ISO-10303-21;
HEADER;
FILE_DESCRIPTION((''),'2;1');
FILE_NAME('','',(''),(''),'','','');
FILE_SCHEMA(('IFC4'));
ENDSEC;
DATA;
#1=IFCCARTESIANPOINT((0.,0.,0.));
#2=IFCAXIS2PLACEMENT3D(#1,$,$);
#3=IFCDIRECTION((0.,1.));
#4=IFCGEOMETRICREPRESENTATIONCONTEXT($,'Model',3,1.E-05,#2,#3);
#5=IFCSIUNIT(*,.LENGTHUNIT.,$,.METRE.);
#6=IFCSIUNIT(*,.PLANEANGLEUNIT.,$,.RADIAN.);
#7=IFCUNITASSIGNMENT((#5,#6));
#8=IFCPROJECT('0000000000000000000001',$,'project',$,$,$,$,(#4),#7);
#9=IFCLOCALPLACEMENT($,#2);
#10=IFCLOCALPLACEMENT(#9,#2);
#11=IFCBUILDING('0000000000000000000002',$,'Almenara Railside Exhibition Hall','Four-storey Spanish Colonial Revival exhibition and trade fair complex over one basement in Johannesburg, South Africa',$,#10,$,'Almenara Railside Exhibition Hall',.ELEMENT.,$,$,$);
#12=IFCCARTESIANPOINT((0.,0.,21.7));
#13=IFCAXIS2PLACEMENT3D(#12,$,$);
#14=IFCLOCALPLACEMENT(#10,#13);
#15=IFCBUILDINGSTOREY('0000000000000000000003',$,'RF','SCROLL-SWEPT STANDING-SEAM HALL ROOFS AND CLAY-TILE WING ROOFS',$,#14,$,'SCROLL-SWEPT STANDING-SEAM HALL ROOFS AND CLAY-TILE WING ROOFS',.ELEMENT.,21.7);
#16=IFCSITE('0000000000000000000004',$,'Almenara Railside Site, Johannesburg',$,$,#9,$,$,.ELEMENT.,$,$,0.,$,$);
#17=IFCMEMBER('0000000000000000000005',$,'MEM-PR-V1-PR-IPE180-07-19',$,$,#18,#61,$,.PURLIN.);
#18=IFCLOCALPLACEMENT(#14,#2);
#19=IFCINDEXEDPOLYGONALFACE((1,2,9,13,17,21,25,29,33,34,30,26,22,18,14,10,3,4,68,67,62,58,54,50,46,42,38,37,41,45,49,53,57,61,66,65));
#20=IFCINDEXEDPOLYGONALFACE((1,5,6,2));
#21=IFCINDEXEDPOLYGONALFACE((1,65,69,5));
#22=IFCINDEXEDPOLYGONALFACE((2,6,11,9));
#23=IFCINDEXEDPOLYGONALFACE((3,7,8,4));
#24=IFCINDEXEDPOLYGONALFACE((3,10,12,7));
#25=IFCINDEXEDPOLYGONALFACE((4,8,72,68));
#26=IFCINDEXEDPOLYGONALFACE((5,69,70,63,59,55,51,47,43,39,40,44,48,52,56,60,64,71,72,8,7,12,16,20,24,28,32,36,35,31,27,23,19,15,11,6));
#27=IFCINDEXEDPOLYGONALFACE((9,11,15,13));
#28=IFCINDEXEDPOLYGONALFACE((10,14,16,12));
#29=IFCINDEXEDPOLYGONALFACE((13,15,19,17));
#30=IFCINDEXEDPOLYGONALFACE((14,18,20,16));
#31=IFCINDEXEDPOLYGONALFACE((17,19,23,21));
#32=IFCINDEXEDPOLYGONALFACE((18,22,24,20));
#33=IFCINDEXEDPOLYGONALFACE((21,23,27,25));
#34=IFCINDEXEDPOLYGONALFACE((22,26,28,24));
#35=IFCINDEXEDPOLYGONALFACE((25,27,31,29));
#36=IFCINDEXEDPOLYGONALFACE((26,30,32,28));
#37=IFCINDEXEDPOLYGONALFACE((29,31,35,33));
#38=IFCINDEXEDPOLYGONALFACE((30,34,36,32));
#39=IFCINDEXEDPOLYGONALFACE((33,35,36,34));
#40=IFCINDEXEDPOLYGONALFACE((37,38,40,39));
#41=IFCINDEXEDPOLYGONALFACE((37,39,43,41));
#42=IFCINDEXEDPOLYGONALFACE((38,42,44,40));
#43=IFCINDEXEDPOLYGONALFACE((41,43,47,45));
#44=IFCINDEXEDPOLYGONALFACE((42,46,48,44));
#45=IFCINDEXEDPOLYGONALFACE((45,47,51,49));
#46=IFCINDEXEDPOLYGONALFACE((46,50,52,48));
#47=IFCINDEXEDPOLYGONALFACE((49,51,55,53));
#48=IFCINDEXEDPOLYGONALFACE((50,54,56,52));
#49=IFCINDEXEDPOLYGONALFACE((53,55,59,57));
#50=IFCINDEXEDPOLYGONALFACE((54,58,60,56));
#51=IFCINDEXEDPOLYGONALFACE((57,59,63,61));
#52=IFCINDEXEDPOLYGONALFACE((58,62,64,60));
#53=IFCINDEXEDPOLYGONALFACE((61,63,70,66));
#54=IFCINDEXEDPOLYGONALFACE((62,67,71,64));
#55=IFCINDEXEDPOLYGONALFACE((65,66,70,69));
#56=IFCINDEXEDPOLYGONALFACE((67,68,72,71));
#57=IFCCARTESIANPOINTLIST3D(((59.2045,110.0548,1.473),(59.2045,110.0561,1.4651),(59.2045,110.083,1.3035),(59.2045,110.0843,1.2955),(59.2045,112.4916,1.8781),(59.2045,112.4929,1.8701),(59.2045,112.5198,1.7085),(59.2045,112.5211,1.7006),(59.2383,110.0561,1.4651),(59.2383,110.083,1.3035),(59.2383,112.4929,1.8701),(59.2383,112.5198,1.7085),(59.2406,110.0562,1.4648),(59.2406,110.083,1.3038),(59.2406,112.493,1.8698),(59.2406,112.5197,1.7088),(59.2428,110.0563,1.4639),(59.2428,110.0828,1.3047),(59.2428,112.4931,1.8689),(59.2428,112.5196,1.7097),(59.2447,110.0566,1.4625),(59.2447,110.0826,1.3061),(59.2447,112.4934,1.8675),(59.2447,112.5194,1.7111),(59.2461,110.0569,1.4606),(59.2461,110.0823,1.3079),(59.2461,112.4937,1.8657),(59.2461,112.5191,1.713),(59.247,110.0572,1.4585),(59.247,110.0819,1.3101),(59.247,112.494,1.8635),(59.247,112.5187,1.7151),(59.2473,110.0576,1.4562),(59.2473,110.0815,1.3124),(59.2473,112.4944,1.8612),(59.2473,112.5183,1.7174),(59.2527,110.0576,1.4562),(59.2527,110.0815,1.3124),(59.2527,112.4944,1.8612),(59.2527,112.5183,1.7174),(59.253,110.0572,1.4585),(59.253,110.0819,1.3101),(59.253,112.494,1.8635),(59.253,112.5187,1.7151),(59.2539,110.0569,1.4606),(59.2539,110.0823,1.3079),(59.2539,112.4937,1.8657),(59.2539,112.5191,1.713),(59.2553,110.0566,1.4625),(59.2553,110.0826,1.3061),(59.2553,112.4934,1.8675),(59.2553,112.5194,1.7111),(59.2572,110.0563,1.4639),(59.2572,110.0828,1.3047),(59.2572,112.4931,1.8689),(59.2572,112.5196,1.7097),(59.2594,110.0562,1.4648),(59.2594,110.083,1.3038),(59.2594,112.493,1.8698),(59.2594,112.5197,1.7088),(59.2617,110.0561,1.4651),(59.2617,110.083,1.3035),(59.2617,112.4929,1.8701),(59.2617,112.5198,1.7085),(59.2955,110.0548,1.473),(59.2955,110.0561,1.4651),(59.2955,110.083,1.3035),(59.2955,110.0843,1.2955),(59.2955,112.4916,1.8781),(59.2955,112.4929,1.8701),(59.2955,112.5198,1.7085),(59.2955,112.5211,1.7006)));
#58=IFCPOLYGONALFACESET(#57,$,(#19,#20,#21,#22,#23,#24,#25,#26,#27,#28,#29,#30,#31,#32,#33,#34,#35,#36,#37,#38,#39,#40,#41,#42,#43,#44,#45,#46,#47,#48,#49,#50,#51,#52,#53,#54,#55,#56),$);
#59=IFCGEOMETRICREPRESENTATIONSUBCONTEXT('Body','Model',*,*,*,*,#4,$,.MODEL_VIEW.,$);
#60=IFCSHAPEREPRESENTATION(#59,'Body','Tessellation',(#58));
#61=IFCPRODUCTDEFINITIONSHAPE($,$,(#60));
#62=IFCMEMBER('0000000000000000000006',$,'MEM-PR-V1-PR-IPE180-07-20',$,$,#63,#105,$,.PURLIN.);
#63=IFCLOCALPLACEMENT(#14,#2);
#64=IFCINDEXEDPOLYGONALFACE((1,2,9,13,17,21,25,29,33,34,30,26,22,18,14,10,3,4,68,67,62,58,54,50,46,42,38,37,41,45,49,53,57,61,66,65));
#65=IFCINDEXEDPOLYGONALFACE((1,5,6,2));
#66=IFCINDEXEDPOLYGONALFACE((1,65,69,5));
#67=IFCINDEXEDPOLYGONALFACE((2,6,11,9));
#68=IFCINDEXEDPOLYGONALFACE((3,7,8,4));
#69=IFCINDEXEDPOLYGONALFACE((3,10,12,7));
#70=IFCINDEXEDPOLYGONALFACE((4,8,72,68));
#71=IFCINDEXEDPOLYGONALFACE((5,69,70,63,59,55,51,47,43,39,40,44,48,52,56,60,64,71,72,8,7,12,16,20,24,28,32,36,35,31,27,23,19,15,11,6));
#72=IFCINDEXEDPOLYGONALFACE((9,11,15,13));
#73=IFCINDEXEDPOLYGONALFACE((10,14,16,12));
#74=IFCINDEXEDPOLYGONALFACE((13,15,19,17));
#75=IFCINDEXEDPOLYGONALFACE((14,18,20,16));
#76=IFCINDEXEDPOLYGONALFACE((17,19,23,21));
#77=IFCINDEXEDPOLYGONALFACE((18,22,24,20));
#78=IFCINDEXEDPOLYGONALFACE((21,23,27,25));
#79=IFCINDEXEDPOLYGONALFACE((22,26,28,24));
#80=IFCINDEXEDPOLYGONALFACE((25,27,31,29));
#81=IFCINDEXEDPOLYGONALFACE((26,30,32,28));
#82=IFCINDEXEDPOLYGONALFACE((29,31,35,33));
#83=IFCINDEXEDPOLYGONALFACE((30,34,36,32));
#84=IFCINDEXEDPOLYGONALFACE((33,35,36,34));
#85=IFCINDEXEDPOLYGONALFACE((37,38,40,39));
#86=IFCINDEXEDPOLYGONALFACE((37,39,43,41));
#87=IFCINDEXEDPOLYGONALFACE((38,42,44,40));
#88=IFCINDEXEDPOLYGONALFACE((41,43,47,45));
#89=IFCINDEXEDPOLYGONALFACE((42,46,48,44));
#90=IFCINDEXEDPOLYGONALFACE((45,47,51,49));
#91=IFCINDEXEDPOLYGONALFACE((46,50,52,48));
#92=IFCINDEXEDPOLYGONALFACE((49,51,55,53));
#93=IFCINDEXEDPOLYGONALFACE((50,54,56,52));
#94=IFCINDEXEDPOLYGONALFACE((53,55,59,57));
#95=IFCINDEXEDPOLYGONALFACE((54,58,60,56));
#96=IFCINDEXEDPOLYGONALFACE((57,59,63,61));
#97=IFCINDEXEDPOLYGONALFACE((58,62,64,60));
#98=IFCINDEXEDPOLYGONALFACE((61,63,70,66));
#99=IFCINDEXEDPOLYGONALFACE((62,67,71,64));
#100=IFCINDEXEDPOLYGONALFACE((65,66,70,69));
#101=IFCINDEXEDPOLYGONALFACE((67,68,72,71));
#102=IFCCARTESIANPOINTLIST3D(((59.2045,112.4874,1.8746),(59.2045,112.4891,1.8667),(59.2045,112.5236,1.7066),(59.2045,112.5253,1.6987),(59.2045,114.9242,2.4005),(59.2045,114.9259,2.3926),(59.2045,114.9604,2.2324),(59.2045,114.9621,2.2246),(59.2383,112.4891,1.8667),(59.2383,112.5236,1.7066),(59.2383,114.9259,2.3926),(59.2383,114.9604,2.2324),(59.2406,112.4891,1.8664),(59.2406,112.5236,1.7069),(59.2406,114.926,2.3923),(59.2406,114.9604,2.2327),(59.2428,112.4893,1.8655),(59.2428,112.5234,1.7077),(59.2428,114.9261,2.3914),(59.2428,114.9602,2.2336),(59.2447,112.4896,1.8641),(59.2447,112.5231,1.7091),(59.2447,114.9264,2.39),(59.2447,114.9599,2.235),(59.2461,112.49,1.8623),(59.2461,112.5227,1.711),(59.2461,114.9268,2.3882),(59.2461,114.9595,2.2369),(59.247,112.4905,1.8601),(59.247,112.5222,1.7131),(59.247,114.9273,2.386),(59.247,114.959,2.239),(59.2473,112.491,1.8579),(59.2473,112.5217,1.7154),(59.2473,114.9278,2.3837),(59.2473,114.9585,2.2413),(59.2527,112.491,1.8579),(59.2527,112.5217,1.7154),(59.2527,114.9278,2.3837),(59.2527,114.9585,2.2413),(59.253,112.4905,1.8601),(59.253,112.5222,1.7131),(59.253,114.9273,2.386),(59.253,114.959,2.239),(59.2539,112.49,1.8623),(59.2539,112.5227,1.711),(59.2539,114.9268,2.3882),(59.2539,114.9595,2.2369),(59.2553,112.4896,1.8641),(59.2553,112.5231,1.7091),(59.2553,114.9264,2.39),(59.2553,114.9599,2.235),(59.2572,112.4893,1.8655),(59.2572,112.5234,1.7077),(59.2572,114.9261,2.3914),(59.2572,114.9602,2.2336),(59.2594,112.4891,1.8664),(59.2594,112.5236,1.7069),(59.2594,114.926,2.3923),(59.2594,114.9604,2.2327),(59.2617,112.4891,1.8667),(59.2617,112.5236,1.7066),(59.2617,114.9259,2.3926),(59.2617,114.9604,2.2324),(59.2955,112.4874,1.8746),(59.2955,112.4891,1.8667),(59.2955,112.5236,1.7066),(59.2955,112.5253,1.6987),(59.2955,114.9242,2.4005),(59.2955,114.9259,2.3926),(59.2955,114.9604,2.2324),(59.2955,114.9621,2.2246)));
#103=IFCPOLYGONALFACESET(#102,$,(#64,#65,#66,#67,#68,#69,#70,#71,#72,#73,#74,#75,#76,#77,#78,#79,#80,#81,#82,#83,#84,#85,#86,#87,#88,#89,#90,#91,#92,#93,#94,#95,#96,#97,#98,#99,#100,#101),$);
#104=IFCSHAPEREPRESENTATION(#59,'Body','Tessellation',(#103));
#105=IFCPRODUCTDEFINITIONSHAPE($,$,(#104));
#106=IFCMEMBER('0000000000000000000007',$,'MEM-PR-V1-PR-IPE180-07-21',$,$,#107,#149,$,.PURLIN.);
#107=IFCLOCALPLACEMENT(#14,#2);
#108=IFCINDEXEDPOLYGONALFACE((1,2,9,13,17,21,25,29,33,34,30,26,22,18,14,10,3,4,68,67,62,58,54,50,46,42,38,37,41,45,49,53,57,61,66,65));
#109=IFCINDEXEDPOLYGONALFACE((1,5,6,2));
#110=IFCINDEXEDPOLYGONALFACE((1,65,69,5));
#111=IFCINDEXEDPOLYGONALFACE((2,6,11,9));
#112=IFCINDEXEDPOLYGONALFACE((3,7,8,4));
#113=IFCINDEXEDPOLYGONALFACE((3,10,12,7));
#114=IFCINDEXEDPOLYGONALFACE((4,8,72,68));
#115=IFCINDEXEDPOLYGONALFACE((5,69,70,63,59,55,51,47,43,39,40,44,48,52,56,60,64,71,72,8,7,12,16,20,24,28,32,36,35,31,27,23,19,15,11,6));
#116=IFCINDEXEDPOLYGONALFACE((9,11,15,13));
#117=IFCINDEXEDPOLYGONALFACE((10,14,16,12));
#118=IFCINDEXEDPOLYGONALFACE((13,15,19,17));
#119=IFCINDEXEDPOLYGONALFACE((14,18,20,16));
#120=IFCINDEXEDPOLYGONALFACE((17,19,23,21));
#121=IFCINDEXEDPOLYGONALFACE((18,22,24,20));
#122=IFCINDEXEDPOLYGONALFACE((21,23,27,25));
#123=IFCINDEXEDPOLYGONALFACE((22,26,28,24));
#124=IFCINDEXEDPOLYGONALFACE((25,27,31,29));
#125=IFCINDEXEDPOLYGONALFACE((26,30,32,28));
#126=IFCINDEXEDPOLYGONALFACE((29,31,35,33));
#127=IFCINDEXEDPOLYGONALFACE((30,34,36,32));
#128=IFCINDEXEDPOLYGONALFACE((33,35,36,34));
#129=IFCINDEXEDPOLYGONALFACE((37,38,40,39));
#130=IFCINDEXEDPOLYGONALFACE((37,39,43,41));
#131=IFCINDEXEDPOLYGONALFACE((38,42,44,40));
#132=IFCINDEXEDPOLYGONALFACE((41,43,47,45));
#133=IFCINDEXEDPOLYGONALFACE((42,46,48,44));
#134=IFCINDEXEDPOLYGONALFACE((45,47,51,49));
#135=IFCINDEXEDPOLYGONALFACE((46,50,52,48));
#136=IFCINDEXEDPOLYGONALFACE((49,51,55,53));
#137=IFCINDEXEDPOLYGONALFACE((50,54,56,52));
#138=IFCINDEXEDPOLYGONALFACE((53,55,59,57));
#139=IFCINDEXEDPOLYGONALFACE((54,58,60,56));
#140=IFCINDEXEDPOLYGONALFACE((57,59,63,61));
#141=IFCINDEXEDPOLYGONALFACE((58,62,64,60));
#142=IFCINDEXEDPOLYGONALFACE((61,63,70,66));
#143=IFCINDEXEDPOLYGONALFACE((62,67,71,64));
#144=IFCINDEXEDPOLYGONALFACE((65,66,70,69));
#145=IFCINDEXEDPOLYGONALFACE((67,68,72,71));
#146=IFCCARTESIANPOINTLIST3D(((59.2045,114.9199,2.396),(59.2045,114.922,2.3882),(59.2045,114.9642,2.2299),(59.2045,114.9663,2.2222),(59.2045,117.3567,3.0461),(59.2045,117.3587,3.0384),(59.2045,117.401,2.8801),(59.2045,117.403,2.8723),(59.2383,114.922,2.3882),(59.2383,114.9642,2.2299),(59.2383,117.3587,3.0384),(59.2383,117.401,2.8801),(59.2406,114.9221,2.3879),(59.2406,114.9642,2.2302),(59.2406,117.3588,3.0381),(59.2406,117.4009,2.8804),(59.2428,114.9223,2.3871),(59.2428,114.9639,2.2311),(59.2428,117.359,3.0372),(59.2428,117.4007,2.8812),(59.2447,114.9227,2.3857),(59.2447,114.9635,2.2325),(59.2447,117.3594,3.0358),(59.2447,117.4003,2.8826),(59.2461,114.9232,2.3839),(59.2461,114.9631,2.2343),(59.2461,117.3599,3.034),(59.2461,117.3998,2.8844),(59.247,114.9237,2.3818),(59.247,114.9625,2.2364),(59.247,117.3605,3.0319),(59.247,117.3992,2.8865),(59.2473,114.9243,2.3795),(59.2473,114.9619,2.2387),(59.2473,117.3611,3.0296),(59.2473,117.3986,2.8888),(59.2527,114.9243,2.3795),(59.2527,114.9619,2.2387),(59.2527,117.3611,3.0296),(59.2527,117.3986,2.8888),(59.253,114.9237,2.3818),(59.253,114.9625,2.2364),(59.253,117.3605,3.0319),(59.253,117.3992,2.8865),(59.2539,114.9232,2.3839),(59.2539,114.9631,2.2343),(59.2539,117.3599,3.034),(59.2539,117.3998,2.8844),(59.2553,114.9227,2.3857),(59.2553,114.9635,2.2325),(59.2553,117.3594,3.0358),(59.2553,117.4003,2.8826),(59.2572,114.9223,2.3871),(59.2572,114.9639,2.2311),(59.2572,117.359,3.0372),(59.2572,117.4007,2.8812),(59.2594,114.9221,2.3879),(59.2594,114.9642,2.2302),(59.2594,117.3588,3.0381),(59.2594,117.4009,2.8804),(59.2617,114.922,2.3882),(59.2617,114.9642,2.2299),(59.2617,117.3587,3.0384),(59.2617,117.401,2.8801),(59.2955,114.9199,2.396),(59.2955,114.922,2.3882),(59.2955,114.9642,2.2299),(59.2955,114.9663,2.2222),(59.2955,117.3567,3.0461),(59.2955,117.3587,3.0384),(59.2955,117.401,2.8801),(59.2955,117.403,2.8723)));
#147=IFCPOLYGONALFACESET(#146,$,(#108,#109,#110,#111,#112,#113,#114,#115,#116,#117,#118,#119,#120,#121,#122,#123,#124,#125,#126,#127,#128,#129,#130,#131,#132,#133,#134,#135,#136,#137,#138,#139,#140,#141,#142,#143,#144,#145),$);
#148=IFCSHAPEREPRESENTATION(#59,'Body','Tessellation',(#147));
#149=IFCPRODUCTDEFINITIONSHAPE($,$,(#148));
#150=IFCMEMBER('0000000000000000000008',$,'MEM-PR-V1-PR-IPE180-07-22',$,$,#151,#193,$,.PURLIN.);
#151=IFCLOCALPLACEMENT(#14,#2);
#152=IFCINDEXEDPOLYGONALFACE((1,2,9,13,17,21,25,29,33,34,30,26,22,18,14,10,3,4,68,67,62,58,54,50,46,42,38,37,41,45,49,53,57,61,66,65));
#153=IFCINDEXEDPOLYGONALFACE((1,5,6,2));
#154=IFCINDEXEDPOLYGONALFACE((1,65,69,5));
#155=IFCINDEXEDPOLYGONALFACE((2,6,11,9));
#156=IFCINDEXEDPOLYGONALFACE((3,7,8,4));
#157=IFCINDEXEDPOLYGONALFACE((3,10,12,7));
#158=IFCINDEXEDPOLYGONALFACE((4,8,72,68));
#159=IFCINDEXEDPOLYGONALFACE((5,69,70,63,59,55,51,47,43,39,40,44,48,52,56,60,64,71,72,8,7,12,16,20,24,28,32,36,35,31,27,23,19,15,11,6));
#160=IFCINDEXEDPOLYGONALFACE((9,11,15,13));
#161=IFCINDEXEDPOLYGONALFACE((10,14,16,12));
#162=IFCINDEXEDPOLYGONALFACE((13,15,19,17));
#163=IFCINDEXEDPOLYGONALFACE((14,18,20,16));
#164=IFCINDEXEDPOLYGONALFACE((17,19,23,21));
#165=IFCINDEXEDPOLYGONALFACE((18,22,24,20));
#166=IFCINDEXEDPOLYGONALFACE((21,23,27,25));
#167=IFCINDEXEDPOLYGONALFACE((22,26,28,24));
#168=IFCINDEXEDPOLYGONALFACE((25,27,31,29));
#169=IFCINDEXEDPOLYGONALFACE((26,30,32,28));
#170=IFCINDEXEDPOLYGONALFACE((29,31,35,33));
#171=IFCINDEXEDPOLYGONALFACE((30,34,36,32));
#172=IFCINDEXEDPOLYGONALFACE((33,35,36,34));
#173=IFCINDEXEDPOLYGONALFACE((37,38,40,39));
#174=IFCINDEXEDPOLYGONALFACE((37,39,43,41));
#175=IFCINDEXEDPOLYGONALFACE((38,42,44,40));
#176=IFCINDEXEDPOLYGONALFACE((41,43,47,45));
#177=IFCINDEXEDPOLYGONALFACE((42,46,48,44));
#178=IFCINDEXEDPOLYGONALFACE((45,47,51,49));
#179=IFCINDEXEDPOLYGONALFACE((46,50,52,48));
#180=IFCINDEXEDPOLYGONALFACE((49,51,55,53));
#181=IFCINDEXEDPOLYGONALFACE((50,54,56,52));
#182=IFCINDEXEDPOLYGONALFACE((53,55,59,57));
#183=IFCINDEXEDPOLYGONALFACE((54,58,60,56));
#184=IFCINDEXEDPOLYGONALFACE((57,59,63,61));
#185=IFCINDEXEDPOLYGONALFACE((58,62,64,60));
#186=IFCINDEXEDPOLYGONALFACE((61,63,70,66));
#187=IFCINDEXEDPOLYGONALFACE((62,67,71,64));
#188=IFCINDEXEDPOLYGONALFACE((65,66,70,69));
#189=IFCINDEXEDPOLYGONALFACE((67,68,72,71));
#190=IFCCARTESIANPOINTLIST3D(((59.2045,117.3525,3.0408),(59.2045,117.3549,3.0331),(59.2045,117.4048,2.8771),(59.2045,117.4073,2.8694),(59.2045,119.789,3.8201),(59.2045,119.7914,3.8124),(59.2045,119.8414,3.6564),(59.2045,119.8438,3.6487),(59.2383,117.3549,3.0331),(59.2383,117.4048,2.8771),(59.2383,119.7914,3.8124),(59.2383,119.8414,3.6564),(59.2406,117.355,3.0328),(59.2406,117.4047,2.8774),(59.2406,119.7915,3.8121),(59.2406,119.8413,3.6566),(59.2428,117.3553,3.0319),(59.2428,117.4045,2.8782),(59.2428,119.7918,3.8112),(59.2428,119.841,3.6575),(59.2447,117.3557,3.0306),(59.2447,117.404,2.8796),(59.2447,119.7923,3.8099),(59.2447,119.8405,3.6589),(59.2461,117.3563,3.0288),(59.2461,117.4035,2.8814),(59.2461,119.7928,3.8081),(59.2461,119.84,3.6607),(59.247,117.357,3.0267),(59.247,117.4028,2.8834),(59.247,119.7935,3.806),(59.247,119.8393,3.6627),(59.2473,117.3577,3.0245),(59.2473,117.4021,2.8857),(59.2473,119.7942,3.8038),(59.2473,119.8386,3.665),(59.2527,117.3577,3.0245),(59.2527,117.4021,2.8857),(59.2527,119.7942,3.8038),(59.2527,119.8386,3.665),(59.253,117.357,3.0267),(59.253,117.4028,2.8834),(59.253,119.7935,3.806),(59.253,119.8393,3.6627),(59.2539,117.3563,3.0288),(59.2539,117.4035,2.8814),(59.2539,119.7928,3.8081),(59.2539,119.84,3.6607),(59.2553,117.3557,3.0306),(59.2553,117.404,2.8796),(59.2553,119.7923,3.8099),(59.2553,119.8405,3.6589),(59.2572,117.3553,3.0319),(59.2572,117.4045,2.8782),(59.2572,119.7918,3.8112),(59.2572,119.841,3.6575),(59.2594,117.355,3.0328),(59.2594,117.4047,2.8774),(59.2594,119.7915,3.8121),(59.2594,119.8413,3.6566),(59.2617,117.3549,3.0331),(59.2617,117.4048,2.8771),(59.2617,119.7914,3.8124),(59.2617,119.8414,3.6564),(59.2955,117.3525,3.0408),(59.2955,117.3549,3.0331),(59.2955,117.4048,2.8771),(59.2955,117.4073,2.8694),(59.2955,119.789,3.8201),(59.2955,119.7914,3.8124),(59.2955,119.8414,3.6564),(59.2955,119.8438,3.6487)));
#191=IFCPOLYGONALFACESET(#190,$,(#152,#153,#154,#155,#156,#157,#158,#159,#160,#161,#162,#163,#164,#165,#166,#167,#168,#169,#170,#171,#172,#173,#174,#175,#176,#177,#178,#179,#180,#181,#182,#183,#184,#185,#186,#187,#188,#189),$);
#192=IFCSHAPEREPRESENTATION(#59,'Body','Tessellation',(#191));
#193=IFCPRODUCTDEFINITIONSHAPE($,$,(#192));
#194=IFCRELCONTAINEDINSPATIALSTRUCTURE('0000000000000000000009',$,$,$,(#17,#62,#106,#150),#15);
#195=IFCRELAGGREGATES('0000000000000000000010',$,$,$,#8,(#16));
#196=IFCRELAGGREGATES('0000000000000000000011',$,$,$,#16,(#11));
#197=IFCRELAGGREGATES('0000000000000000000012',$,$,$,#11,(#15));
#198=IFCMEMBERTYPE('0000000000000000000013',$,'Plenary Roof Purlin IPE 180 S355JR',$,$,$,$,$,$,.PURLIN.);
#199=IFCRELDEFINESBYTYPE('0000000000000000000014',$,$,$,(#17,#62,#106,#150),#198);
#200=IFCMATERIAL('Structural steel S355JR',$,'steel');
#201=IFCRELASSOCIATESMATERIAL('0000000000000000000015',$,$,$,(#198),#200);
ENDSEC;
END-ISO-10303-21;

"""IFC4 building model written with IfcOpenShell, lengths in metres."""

from ifc_helpers import new_model, si_unit, direction, frame, origin, origin_2d, place, context, subcontext, project, spatial, i_section, extrude, material, material_profile, profile_set, type_object, element, save


model = new_model("IFC4")

# Units and contexts
model_context = context("Model", 3, precision=1e-05, world=origin(), true_north=direction((0.0, 1.0)))
body_context = subcontext(model_context, "Body", "Model", "MODEL_VIEW")
ifc_project = project(units=[si_unit("LENGTHUNIT", "METRE"), si_unit("PLANEANGLEUNIT", "RADIAN")], contexts=[model_context])

# Site, building, storey
site_placement = place(None, origin())
site = spatial("IfcSite", under=ifc_project, at=site_placement, Name="Almenara Railside Site, Johannesburg", CompositionType="ELEMENT", RefElevation=0.0)
building_placement = place(site_placement, origin())
building = spatial("IfcBuilding", under=site, at=building_placement, Name="Almenara Railside Exhibition Hall", Description="Four-storey Spanish Colonial Revival exhibition and trade fair complex over one basement in Johannesburg, South Africa", LongName="Almenara Railside Exhibition Hall", CompositionType="ELEMENT")
storey_placement = place(building_placement, frame((0.0, 0.0, 21.7)))
storey = spatial("IfcBuildingStorey", under=building, at=storey_placement, Name="RF", Description="SCROLL-SWEPT STANDING-SEAM HALL ROOFS AND CLAY-TILE WING ROOFS", LongName="SCROLL-SWEPT STANDING-SEAM HALL ROOFS AND CLAY-TILE WING ROOFS", CompositionType="ELEMENT", Elevation=21.7)

# Shared definitions
ifc_material_1 = material(Name="Structural steel S355JR", Category="steel")

# Members
ifc_material_profile_1 = material_profile(ifc_material_1, i_section(OverallWidth=0.0911, OverallDepth=0.1799, WebThickness=0.0054, FlangeThickness=0.0081, FilletRadius=0.009, at=origin_2d()), Name="IPE 180")
ifc_profile_set_1 = profile_set([ifc_material_profile_1], Name="Structural steel S355JR")
member_type_1 = type_object("IfcMemberType", Name="Plenary Roof Purlin IPE 180 S355JR", PredefinedType="PURLIN", material=ifc_profile_set_1)
member_1_placement = place(storey_placement, frame((59.25, 110.0696, 1.3843), z_axis=(0.0, 0.986466, 0.163966), x_axis=(-1.0, 0.0, 0.0)))
element("IfcMember", 1, at=member_1_placement, inside=storey, type_object=member_type_1, Name="MEM-PR-V1-PR-IPE180-07-19", PredefinedType="PURLIN", context=body_context, shape_type="SweptSolid", body=[
    extrude(i_section(OverallWidth=0.0911, OverallDepth=0.1799, WebThickness=0.0054, FlangeThickness=0.0081, FilletRadius=0.009, at=origin_2d()), origin(), (0.0, 0.0, 1.0), 2.4702),
])
member_2_placement = place(storey_placement, frame((59.25, 112.5063, 1.7866), z_axis=(0.0, 0.977496, 0.210953), x_axis=(-1.0, 0.0, 0.0)))
element("IfcMember", 2, at=member_2_placement, inside=storey, type_object=member_type_1, Name="MEM-PR-V1-PR-IPE180-07-20", PredefinedType="PURLIN", context=body_context, shape_type="SweptSolid", body=[
    extrude(i_section(OverallWidth=0.0911, OverallDepth=0.1799, WebThickness=0.0054, FlangeThickness=0.0081, FilletRadius=0.009, at=origin_2d()), origin(), (0.0, 0.0, 1.0), 2.4929),
])
member_3_placement = place(storey_placement, frame((59.25, 114.9431, 2.3091), z_axis=(0.0, 0.966201, 0.257789), x_axis=(-1.0, 0.0, 0.0)))
element("IfcMember", 3, at=member_3_placement, inside=storey, type_object=member_type_1, Name="MEM-PR-V1-PR-IPE180-07-21", PredefinedType="PURLIN", context=body_context, shape_type="SweptSolid", body=[
    extrude(i_section(OverallWidth=0.0911, OverallDepth=0.1799, WebThickness=0.0054, FlangeThickness=0.0081, FilletRadius=0.009, at=origin_2d()), origin(), (0.0, 0.0, 1.0), 2.522),
])
member_4_placement = place(storey_placement, frame((59.25, 117.3799, 2.9551), z_axis=(0.0, 0.952468, 0.304637), x_axis=(-1.0, 0.0, 0.0)))
element("IfcMember", 4, at=member_4_placement, inside=storey, type_object=member_type_1, Name="MEM-PR-V1-PR-IPE180-07-22", PredefinedType="PURLIN", context=body_context, shape_type="SweptSolid", body=[
    extrude(i_section(OverallWidth=0.0911, OverallDepth=0.1799, WebThickness=0.0054, FlangeThickness=0.0081, FilletRadius=0.009, at=origin_2d()), origin(), (0.0, 0.0, 1.0), 2.5581),
])

save(model, "model.ifc")
